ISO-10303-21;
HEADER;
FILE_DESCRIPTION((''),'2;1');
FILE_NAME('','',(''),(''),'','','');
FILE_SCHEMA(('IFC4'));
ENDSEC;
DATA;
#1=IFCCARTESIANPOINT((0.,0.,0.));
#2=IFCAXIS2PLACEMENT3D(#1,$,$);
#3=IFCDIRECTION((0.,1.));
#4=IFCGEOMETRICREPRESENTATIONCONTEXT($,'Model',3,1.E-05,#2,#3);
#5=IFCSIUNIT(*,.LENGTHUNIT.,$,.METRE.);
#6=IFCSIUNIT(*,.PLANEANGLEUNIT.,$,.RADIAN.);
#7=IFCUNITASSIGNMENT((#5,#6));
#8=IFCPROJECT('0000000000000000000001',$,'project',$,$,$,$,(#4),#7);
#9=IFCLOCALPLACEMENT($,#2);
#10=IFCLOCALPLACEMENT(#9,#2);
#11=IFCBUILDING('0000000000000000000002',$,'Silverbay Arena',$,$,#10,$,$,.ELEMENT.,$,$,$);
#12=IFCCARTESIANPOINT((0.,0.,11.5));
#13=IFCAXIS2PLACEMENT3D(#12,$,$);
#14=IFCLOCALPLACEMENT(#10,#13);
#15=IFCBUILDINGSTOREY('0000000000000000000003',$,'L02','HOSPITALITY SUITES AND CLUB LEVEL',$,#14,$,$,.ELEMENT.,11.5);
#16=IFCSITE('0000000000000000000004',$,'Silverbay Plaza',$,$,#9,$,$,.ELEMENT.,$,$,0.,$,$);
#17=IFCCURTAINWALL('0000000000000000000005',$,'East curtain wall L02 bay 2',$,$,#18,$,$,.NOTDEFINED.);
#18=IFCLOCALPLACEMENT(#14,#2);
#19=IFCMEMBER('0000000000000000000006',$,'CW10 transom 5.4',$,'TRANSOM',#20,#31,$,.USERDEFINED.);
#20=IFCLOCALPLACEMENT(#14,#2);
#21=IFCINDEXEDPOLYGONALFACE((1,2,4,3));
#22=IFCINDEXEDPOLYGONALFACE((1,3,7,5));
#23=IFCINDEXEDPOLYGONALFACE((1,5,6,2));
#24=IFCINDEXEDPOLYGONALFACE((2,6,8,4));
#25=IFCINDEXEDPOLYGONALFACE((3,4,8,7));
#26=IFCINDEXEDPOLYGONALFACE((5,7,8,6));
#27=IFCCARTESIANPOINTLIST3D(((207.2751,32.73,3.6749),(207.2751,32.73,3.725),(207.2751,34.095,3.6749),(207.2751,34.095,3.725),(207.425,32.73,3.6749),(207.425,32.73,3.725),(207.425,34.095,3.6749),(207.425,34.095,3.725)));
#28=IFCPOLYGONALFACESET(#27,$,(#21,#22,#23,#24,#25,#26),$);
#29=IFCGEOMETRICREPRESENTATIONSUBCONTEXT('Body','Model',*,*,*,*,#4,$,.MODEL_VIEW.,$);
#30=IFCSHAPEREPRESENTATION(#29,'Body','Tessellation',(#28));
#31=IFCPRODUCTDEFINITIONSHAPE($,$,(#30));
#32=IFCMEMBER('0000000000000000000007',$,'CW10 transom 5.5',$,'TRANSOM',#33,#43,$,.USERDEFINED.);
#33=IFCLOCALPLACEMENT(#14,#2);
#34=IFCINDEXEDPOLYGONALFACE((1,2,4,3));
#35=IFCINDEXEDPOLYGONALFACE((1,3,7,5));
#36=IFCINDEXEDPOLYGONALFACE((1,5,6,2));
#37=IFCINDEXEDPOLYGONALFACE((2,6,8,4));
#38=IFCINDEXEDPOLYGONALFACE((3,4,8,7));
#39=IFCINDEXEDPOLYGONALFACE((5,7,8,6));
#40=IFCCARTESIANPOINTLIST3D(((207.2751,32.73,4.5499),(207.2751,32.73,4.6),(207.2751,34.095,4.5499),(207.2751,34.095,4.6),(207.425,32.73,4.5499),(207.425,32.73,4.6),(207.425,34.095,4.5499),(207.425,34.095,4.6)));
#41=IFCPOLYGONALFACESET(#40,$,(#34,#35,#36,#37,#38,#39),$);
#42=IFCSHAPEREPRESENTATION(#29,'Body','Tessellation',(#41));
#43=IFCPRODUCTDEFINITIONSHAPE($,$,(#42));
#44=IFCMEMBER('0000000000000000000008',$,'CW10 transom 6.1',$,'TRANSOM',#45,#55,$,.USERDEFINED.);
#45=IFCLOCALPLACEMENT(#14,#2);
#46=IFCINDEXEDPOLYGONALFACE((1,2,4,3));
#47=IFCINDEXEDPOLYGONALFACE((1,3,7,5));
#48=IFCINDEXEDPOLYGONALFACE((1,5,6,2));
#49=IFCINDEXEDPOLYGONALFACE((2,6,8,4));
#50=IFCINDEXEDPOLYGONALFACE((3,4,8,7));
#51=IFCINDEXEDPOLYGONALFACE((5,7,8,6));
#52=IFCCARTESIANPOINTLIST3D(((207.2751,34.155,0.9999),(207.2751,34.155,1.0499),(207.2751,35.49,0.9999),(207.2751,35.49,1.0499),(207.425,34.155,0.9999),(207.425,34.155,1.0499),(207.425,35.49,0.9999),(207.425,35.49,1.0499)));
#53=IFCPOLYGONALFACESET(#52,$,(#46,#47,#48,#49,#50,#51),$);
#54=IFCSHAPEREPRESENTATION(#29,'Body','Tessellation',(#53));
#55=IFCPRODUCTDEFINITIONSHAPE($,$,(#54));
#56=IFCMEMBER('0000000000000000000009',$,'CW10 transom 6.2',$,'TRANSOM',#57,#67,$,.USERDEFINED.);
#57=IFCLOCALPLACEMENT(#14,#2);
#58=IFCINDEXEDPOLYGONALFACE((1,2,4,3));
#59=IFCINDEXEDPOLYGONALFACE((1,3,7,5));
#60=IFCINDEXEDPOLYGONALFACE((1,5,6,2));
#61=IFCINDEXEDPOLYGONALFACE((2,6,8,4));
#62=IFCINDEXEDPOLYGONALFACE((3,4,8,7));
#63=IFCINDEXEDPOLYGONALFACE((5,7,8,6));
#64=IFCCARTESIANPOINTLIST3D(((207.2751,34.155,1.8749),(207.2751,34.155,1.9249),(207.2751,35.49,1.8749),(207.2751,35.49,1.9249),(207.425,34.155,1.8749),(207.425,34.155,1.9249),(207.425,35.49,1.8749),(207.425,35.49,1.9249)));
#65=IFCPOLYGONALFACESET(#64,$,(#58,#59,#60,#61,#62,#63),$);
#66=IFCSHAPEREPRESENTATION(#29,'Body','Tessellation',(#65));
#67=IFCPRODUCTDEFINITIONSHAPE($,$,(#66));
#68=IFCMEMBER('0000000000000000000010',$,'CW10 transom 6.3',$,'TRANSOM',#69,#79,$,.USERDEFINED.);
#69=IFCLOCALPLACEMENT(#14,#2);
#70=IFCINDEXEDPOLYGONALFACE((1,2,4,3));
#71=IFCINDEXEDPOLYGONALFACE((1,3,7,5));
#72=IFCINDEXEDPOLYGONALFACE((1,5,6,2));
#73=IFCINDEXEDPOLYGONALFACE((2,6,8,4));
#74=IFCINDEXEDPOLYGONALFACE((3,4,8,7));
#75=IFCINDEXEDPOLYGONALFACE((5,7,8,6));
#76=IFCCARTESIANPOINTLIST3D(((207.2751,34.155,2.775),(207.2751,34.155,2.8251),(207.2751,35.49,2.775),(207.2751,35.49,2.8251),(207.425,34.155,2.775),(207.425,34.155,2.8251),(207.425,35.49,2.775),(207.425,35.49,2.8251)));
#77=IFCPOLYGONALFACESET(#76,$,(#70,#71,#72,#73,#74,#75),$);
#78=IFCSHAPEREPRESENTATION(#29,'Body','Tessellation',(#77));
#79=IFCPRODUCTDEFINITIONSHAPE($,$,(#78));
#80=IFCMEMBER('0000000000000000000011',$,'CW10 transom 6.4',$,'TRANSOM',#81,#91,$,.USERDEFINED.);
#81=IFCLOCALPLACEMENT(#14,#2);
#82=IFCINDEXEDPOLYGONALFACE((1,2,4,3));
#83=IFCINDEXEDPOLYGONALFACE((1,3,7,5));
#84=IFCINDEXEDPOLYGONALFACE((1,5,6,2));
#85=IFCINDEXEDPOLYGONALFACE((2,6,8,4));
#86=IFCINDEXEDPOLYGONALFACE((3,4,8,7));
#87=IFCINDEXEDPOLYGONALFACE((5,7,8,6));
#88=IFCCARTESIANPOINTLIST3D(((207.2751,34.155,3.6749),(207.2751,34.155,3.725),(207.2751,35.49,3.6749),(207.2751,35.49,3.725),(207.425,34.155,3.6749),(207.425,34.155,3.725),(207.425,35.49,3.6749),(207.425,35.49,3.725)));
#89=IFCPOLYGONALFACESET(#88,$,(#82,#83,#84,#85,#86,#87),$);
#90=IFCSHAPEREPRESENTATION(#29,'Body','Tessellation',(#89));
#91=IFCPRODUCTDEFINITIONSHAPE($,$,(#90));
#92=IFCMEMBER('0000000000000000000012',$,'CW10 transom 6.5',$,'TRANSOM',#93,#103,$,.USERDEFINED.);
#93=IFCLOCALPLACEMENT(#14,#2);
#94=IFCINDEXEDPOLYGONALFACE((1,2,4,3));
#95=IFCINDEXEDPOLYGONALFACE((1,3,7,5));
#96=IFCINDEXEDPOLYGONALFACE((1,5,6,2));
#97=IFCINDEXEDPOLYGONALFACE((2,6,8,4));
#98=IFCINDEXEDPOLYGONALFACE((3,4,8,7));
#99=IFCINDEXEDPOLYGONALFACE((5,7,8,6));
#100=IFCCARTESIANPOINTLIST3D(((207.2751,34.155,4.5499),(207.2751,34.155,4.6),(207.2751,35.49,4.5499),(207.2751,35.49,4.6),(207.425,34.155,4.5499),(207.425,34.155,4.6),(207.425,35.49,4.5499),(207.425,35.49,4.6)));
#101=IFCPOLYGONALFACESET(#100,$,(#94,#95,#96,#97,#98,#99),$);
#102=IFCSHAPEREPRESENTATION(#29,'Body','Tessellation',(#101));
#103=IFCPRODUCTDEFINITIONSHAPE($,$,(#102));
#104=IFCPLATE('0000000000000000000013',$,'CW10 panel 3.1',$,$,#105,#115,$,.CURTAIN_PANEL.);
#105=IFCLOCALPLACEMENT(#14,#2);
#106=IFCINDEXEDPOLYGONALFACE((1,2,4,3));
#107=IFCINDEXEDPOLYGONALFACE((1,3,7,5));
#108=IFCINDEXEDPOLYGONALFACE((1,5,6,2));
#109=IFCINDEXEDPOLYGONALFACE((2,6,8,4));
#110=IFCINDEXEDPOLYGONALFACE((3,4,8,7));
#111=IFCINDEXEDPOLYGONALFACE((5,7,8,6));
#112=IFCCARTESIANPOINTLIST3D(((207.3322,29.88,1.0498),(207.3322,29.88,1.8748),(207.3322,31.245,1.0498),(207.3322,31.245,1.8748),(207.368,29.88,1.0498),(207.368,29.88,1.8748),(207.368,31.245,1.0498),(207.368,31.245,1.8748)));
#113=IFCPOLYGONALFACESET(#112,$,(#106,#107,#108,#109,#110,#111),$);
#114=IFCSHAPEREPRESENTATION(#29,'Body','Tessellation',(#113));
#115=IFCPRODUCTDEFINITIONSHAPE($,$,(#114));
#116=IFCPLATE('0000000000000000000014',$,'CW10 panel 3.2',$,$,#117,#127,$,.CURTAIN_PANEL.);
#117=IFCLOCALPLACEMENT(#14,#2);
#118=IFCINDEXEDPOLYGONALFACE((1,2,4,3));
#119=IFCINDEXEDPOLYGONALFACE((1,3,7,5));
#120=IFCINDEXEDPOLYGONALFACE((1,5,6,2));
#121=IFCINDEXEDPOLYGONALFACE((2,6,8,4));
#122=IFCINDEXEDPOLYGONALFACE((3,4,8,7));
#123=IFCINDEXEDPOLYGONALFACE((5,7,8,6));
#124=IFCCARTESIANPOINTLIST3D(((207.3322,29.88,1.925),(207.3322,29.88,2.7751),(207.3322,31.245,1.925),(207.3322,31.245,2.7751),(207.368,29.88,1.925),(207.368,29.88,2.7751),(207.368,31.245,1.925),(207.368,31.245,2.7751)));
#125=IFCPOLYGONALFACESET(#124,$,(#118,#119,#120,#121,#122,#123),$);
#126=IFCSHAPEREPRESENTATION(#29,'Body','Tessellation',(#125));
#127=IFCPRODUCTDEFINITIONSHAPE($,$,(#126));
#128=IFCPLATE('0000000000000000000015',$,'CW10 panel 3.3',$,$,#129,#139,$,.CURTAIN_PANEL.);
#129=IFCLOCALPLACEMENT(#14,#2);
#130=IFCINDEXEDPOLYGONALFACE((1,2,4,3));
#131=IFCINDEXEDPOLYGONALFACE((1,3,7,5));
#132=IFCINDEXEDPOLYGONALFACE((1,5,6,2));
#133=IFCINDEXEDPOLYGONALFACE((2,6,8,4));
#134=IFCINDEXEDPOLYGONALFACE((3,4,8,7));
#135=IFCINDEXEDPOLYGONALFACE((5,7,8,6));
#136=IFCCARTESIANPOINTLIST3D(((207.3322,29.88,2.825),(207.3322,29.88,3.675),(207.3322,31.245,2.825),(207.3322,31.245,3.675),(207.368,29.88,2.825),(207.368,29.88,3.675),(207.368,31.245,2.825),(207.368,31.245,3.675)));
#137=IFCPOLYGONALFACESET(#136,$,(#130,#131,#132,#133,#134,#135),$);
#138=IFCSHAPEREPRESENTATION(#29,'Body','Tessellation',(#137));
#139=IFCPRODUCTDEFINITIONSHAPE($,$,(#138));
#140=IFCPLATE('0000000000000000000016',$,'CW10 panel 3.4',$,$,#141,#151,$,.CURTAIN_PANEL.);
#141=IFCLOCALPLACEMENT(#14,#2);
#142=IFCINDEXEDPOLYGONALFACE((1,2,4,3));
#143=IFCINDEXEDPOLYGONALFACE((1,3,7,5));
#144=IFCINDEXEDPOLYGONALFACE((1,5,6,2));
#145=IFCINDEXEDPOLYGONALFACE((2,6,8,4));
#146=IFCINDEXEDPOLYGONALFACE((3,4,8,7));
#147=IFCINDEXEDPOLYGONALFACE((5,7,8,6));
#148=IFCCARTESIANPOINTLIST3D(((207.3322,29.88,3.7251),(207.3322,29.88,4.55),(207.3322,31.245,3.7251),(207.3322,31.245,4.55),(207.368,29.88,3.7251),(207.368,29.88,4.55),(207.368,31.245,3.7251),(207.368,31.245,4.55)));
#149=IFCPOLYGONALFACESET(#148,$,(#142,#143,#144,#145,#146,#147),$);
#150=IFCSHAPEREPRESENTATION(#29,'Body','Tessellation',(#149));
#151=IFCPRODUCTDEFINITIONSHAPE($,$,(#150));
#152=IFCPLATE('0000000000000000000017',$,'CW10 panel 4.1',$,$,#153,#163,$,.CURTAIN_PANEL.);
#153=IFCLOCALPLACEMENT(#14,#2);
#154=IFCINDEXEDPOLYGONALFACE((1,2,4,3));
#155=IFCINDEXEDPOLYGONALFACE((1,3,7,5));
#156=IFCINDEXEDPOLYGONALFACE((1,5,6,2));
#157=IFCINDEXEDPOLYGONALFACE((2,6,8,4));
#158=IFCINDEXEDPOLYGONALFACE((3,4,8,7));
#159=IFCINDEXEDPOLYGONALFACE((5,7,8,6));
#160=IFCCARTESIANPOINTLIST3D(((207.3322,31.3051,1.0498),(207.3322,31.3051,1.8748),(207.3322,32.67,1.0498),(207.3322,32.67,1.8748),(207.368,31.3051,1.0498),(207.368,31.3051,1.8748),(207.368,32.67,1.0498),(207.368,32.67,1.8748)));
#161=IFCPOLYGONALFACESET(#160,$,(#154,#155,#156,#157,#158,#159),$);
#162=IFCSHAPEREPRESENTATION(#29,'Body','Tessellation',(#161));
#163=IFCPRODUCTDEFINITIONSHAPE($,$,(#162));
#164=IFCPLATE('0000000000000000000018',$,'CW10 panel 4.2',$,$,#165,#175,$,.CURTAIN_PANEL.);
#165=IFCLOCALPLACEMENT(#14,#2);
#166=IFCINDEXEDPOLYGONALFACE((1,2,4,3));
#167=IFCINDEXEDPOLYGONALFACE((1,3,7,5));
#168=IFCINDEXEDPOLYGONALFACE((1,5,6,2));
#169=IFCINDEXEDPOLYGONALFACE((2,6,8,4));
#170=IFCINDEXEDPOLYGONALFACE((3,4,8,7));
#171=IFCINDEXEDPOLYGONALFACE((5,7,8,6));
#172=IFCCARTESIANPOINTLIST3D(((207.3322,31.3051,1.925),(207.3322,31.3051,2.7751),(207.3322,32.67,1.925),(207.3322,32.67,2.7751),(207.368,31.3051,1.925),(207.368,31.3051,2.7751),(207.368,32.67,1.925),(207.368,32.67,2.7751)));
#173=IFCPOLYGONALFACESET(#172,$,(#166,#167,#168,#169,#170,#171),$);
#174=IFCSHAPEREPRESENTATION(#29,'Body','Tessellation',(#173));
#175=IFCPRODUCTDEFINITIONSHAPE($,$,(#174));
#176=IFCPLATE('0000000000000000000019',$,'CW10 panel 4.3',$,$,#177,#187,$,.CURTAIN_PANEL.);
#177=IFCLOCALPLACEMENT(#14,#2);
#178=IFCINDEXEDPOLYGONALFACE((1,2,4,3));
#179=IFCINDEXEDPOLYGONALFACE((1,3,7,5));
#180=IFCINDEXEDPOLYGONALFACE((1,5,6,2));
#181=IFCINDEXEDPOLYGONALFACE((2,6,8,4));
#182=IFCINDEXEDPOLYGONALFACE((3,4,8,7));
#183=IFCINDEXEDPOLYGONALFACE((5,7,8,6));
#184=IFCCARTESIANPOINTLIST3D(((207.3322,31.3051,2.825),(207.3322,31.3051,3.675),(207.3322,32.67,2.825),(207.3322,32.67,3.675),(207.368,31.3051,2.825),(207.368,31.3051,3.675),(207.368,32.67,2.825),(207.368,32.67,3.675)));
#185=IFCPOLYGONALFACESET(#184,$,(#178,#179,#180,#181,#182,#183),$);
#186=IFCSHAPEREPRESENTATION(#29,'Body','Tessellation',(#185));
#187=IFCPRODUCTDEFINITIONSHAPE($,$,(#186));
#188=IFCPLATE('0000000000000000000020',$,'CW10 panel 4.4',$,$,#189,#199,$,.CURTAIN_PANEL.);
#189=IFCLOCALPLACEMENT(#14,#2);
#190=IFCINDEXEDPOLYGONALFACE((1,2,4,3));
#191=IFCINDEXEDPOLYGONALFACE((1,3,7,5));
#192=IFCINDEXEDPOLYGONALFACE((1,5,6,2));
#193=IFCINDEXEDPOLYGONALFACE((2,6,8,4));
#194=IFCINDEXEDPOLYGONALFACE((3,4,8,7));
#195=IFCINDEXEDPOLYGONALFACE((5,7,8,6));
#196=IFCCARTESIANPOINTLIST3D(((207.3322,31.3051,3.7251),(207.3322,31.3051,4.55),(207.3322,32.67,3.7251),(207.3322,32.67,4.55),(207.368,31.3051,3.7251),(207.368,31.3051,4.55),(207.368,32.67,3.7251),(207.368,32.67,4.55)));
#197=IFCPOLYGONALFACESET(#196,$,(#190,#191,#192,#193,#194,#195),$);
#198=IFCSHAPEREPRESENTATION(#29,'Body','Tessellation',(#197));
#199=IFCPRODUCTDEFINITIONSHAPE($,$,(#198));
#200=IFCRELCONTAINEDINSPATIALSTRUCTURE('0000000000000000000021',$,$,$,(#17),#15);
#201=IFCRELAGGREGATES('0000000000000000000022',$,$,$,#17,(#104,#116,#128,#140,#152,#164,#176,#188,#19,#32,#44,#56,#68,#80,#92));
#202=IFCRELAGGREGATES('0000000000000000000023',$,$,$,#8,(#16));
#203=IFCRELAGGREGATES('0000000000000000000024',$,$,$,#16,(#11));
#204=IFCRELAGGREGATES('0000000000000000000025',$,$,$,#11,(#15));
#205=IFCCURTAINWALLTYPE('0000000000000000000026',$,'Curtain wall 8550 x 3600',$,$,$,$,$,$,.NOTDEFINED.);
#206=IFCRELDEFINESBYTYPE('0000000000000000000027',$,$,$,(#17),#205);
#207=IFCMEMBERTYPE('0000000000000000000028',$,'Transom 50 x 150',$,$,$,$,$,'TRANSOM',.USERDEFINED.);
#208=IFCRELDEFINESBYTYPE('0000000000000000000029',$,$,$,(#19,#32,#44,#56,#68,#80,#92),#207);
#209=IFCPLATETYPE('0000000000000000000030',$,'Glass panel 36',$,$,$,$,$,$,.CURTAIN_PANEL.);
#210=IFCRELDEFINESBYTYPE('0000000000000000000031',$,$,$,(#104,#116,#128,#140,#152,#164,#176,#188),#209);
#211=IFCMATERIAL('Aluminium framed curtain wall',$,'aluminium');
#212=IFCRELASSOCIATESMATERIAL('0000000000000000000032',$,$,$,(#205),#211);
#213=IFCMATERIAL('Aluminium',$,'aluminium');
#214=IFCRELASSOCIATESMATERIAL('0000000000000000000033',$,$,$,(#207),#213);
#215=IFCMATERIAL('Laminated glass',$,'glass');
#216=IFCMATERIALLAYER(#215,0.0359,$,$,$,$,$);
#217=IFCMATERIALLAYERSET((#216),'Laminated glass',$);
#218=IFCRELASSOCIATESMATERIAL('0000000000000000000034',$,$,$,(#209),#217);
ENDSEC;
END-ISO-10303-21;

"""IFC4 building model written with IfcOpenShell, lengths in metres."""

from ifc_helpers import new_model, si_unit, direction, frame, origin, origin_2d, place, context, subcontext, project, spatial, rectangle, extrude, material, layer, layer_set, material_profile, profile_set, type_object, element, aggregate, save


model = new_model("IFC4")

# Units and contexts
model_context = context("Model", 3, precision=1e-05, world=origin(), true_north=direction((0.0, 1.0)))
body_context = subcontext(model_context, "Body", "Model", "MODEL_VIEW")
ifc_project = project(units=[si_unit("LENGTHUNIT", "METRE"), si_unit("PLANEANGLEUNIT", "RADIAN")], contexts=[model_context])

# Site, building, storey
site_placement = place(None, origin())
site = spatial("IfcSite", under=ifc_project, at=site_placement, Name="Silverbay Plaza", CompositionType="ELEMENT", RefElevation=0.0)
building_placement = place(site_placement, origin())
building = spatial("IfcBuilding", under=site, at=building_placement, Name="Silverbay Arena", CompositionType="ELEMENT")
storey_placement = place(building_placement, frame((0.0, 0.0, 11.5)))
storey = spatial("IfcBuildingStorey", under=building, at=storey_placement, Name="L02", Description="HOSPITALITY SUITES AND CLUB LEVEL", CompositionType="ELEMENT", Elevation=11.5)

# Curtain wall, members, plates
ifc_material_1 = material(Name="Aluminium framed curtain wall", Category="aluminium")
curtain_wall_type = type_object("IfcCurtainWallType", Name="Curtain wall 8550 x 3600", PredefinedType="NOTDEFINED", material=ifc_material_1)
curtain_wall_placement = place(storey_placement, origin())
curtain_wall = element("IfcCurtainWall", 1, at=curtain_wall_placement, inside=storey, type_object=curtain_wall_type, Name="East curtain wall L02 bay 2", PredefinedType="NOTDEFINED")
ifc_material_2 = material(Name="Aluminium", Category="aluminium")
ifc_material_profile_1 = material_profile(ifc_material_2, rectangle(XDim=0.1499, YDim=0.05, at=origin_2d()), Name="Transom 50 x 150")
ifc_profile_set_1 = profile_set([ifc_material_profile_1], Name="Aluminium")
member_type_1 = type_object("IfcMemberType", Name="Transom 50 x 150", ElementType="TRANSOM", PredefinedType="USERDEFINED", material=ifc_profile_set_1)
member_1_placement = place(storey_placement, frame((207.3501, 32.73, 3.7), z_axis=(0.0, 1.0, 0.0), x_axis=(-1.0, 0.0, 0.0)))
member_1 = element("IfcMember", 2, at=member_1_placement, type_object=member_type_1, Name="CW10 transom 5.4", ObjectType="TRANSOM", PredefinedType="USERDEFINED", context=body_context, shape_type="SweptSolid", body=[
    extrude(rectangle(XDim=0.1499, YDim=0.05, at=origin_2d()), origin(), (0.0, 0.0, 1.0), 1.365),
])
member_2_placement = place(storey_placement, frame((207.3501, 32.73, 4.575), z_axis=(0.0, 1.0, 0.0), x_axis=(-1.0, 0.0, 0.0)))
member_2 = element("IfcMember", 3, at=member_2_placement, type_object=member_type_1, Name="CW10 transom 5.5", ObjectType="TRANSOM", PredefinedType="USERDEFINED", context=body_context, shape_type="SweptSolid", body=[
    extrude(rectangle(XDim=0.1499, YDim=0.05, at=origin_2d()), origin(), (0.0, 0.0, 1.0), 1.365),
])
member_3_placement = place(storey_placement, frame((207.3501, 34.155, 1.0249), z_axis=(0.0, 1.0, 0.0), x_axis=(-1.0, 0.0, 0.0)))
member_3 = element("IfcMember", 4, at=member_3_placement, type_object=member_type_1, Name="CW10 transom 6.1", ObjectType="TRANSOM", PredefinedType="USERDEFINED", context=body_context, shape_type="SweptSolid", body=[
    extrude(rectangle(XDim=0.1499, YDim=0.05, at=origin_2d()), origin(), (0.0, 0.0, 1.0), 1.335),
])
member_4_placement = place(storey_placement, frame((207.3501, 34.155, 1.8999), z_axis=(0.0, 1.0, 0.0), x_axis=(-1.0, 0.0, 0.0)))
member_4 = element("IfcMember", 5, at=member_4_placement, type_object=member_type_1, Name="CW10 transom 6.2", ObjectType="TRANSOM", PredefinedType="USERDEFINED", context=body_context, shape_type="SweptSolid", body=[
    extrude(rectangle(XDim=0.1499, YDim=0.05, at=origin_2d()), origin(), (0.0, 0.0, 1.0), 1.335),
])
member_5_placement = place(storey_placement, frame((207.3501, 34.155, 2.8), z_axis=(0.0, 1.0, 0.0), x_axis=(-1.0, 0.0, 0.0)))
member_5 = element("IfcMember", 6, at=member_5_placement, type_object=member_type_1, Name="CW10 transom 6.3", ObjectType="TRANSOM", PredefinedType="USERDEFINED", context=body_context, shape_type="SweptSolid", body=[
    extrude(rectangle(XDim=0.1499, YDim=0.05, at=origin_2d()), origin(), (0.0, 0.0, 1.0), 1.335),
])
member_6_placement = place(storey_placement, frame((207.3501, 34.155, 3.7), z_axis=(0.0, 1.0, 0.0), x_axis=(-1.0, 0.0, 0.0)))
member_6 = element("IfcMember", 7, at=member_6_placement, type_object=member_type_1, Name="CW10 transom 6.4", ObjectType="TRANSOM", PredefinedType="USERDEFINED", context=body_context, shape_type="SweptSolid", body=[
    extrude(rectangle(XDim=0.1499, YDim=0.05, at=origin_2d()), origin(), (0.0, 0.0, 1.0), 1.335),
])
member_7_placement = place(storey_placement, frame((207.3501, 34.155, 4.575), z_axis=(0.0, 1.0, 0.0), x_axis=(-1.0, 0.0, 0.0)))
member_7 = element("IfcMember", 8, at=member_7_placement, type_object=member_type_1, Name="CW10 transom 6.5", ObjectType="TRANSOM", PredefinedType="USERDEFINED", context=body_context, shape_type="SweptSolid", body=[
    extrude(rectangle(XDim=0.1499, YDim=0.05, at=origin_2d()), origin(), (0.0, 0.0, 1.0), 1.335),
])
ifc_material_3 = material(Name="Laminated glass", Category="glass")
ifc_layer = layer(ifc_material_3, 0.0359)
ifc_layer_set = layer_set([ifc_layer], Name="Laminated glass")
plate_type = type_object("IfcPlateType", Name="Glass panel 36", PredefinedType="CURTAIN_PANEL", material=ifc_layer_set)
plate_1_placement = place(storey_placement, frame((207.3501, 30.5625, 1.0498), z_axis=(0.0, 0.0, 1.0), x_axis=(0.0, 1.0, 0.0)))
plate_1 = element("IfcPlate", 9, at=plate_1_placement, type_object=plate_type, Name="CW10 panel 3.1", PredefinedType="CURTAIN_PANEL", context=body_context, shape_type="SweptSolid", body=[
    extrude(rectangle(XDim=1.365, YDim=0.0359, at=origin_2d()), origin(), (0.0, 0.0, 1.0), 0.825),
])
plate_2_placement = place(storey_placement, frame((207.3501, 30.5625, 1.925), z_axis=(0.0, 0.0, 1.0), x_axis=(0.0, 1.0, 0.0)))
plate_2 = element("IfcPlate", 10, at=plate_2_placement, type_object=plate_type, Name="CW10 panel 3.2", PredefinedType="CURTAIN_PANEL", context=body_context, shape_type="SweptSolid", body=[
    extrude(rectangle(XDim=1.365, YDim=0.0359, at=origin_2d()), origin(), (0.0, 0.0, 1.0), 0.8501),
])
plate_3_placement = place(storey_placement, frame((207.3501, 30.5625, 2.825), z_axis=(0.0, 0.0, 1.0), x_axis=(0.0, 1.0, 0.0)))
plate_3 = element("IfcPlate", 11, at=plate_3_placement, type_object=plate_type, Name="CW10 panel 3.3", PredefinedType="CURTAIN_PANEL", context=body_context, shape_type="SweptSolid", body=[
    extrude(rectangle(XDim=1.365, YDim=0.0359, at=origin_2d()), origin(), (0.0, 0.0, 1.0), 0.8501),
])
plate_4_placement = place(storey_placement, frame((207.3501, 30.5625, 3.7251), z_axis=(0.0, 0.0, 1.0), x_axis=(0.0, 1.0, 0.0)))
plate_4 = element("IfcPlate", 12, at=plate_4_placement, type_object=plate_type, Name="CW10 panel 3.4", PredefinedType="CURTAIN_PANEL", context=body_context, shape_type="SweptSolid", body=[
    extrude(rectangle(XDim=1.365, YDim=0.0359, at=origin_2d()), origin(), (0.0, 0.0, 1.0), 0.825),
])
plate_5_placement = place(storey_placement, frame((207.3501, 31.9875, 1.0498), z_axis=(0.0, 0.0, 1.0), x_axis=(0.0, 1.0, 0.0)))
plate_5 = element("IfcPlate", 13, at=plate_5_placement, type_object=plate_type, Name="CW10 panel 4.1", PredefinedType="CURTAIN_PANEL", context=body_context, shape_type="SweptSolid", body=[
    extrude(rectangle(XDim=1.365, YDim=0.0359, at=origin_2d()), origin(), (0.0, 0.0, 1.0), 0.825),
])
plate_6_placement = place(storey_placement, frame((207.3501, 31.9875, 1.925), z_axis=(0.0, 0.0, 1.0), x_axis=(0.0, 1.0, 0.0)))
plate_6 = element("IfcPlate", 14, at=plate_6_placement, type_object=plate_type, Name="CW10 panel 4.2", PredefinedType="CURTAIN_PANEL", context=body_context, shape_type="SweptSolid", body=[
    extrude(rectangle(XDim=1.365, YDim=0.0359, at=origin_2d()), origin(), (0.0, 0.0, 1.0), 0.8501),
])
plate_7_placement = place(storey_placement, frame((207.3501, 31.9875, 2.825), z_axis=(0.0, 0.0, 1.0), x_axis=(0.0, 1.0, 0.0)))
plate_7 = element("IfcPlate", 15, at=plate_7_placement, type_object=plate_type, Name="CW10 panel 4.3", PredefinedType="CURTAIN_PANEL", context=body_context, shape_type="SweptSolid", body=[
    extrude(rectangle(XDim=1.365, YDim=0.0359, at=origin_2d()), origin(), (0.0, 0.0, 1.0), 0.8501),
])
plate_8_placement = place(storey_placement, frame((207.3501, 31.9875, 3.7251), z_axis=(0.0, 0.0, 1.0), x_axis=(0.0, 1.0, 0.0)))
plate_8 = element("IfcPlate", 16, at=plate_8_placement, type_object=plate_type, Name="CW10 panel 4.4", PredefinedType="CURTAIN_PANEL", context=body_context, shape_type="SweptSolid", body=[
    extrude(rectangle(XDim=1.365, YDim=0.0359, at=origin_2d()), origin(), (0.0, 0.0, 1.0), 0.825),
])
aggregate(curtain_wall, [plate_1, plate_2, plate_3, plate_4, plate_5, plate_6, plate_7, plate_8, member_1, member_2, member_3, member_4, member_5, member_6, member_7])

save(model, "model.ifc")
